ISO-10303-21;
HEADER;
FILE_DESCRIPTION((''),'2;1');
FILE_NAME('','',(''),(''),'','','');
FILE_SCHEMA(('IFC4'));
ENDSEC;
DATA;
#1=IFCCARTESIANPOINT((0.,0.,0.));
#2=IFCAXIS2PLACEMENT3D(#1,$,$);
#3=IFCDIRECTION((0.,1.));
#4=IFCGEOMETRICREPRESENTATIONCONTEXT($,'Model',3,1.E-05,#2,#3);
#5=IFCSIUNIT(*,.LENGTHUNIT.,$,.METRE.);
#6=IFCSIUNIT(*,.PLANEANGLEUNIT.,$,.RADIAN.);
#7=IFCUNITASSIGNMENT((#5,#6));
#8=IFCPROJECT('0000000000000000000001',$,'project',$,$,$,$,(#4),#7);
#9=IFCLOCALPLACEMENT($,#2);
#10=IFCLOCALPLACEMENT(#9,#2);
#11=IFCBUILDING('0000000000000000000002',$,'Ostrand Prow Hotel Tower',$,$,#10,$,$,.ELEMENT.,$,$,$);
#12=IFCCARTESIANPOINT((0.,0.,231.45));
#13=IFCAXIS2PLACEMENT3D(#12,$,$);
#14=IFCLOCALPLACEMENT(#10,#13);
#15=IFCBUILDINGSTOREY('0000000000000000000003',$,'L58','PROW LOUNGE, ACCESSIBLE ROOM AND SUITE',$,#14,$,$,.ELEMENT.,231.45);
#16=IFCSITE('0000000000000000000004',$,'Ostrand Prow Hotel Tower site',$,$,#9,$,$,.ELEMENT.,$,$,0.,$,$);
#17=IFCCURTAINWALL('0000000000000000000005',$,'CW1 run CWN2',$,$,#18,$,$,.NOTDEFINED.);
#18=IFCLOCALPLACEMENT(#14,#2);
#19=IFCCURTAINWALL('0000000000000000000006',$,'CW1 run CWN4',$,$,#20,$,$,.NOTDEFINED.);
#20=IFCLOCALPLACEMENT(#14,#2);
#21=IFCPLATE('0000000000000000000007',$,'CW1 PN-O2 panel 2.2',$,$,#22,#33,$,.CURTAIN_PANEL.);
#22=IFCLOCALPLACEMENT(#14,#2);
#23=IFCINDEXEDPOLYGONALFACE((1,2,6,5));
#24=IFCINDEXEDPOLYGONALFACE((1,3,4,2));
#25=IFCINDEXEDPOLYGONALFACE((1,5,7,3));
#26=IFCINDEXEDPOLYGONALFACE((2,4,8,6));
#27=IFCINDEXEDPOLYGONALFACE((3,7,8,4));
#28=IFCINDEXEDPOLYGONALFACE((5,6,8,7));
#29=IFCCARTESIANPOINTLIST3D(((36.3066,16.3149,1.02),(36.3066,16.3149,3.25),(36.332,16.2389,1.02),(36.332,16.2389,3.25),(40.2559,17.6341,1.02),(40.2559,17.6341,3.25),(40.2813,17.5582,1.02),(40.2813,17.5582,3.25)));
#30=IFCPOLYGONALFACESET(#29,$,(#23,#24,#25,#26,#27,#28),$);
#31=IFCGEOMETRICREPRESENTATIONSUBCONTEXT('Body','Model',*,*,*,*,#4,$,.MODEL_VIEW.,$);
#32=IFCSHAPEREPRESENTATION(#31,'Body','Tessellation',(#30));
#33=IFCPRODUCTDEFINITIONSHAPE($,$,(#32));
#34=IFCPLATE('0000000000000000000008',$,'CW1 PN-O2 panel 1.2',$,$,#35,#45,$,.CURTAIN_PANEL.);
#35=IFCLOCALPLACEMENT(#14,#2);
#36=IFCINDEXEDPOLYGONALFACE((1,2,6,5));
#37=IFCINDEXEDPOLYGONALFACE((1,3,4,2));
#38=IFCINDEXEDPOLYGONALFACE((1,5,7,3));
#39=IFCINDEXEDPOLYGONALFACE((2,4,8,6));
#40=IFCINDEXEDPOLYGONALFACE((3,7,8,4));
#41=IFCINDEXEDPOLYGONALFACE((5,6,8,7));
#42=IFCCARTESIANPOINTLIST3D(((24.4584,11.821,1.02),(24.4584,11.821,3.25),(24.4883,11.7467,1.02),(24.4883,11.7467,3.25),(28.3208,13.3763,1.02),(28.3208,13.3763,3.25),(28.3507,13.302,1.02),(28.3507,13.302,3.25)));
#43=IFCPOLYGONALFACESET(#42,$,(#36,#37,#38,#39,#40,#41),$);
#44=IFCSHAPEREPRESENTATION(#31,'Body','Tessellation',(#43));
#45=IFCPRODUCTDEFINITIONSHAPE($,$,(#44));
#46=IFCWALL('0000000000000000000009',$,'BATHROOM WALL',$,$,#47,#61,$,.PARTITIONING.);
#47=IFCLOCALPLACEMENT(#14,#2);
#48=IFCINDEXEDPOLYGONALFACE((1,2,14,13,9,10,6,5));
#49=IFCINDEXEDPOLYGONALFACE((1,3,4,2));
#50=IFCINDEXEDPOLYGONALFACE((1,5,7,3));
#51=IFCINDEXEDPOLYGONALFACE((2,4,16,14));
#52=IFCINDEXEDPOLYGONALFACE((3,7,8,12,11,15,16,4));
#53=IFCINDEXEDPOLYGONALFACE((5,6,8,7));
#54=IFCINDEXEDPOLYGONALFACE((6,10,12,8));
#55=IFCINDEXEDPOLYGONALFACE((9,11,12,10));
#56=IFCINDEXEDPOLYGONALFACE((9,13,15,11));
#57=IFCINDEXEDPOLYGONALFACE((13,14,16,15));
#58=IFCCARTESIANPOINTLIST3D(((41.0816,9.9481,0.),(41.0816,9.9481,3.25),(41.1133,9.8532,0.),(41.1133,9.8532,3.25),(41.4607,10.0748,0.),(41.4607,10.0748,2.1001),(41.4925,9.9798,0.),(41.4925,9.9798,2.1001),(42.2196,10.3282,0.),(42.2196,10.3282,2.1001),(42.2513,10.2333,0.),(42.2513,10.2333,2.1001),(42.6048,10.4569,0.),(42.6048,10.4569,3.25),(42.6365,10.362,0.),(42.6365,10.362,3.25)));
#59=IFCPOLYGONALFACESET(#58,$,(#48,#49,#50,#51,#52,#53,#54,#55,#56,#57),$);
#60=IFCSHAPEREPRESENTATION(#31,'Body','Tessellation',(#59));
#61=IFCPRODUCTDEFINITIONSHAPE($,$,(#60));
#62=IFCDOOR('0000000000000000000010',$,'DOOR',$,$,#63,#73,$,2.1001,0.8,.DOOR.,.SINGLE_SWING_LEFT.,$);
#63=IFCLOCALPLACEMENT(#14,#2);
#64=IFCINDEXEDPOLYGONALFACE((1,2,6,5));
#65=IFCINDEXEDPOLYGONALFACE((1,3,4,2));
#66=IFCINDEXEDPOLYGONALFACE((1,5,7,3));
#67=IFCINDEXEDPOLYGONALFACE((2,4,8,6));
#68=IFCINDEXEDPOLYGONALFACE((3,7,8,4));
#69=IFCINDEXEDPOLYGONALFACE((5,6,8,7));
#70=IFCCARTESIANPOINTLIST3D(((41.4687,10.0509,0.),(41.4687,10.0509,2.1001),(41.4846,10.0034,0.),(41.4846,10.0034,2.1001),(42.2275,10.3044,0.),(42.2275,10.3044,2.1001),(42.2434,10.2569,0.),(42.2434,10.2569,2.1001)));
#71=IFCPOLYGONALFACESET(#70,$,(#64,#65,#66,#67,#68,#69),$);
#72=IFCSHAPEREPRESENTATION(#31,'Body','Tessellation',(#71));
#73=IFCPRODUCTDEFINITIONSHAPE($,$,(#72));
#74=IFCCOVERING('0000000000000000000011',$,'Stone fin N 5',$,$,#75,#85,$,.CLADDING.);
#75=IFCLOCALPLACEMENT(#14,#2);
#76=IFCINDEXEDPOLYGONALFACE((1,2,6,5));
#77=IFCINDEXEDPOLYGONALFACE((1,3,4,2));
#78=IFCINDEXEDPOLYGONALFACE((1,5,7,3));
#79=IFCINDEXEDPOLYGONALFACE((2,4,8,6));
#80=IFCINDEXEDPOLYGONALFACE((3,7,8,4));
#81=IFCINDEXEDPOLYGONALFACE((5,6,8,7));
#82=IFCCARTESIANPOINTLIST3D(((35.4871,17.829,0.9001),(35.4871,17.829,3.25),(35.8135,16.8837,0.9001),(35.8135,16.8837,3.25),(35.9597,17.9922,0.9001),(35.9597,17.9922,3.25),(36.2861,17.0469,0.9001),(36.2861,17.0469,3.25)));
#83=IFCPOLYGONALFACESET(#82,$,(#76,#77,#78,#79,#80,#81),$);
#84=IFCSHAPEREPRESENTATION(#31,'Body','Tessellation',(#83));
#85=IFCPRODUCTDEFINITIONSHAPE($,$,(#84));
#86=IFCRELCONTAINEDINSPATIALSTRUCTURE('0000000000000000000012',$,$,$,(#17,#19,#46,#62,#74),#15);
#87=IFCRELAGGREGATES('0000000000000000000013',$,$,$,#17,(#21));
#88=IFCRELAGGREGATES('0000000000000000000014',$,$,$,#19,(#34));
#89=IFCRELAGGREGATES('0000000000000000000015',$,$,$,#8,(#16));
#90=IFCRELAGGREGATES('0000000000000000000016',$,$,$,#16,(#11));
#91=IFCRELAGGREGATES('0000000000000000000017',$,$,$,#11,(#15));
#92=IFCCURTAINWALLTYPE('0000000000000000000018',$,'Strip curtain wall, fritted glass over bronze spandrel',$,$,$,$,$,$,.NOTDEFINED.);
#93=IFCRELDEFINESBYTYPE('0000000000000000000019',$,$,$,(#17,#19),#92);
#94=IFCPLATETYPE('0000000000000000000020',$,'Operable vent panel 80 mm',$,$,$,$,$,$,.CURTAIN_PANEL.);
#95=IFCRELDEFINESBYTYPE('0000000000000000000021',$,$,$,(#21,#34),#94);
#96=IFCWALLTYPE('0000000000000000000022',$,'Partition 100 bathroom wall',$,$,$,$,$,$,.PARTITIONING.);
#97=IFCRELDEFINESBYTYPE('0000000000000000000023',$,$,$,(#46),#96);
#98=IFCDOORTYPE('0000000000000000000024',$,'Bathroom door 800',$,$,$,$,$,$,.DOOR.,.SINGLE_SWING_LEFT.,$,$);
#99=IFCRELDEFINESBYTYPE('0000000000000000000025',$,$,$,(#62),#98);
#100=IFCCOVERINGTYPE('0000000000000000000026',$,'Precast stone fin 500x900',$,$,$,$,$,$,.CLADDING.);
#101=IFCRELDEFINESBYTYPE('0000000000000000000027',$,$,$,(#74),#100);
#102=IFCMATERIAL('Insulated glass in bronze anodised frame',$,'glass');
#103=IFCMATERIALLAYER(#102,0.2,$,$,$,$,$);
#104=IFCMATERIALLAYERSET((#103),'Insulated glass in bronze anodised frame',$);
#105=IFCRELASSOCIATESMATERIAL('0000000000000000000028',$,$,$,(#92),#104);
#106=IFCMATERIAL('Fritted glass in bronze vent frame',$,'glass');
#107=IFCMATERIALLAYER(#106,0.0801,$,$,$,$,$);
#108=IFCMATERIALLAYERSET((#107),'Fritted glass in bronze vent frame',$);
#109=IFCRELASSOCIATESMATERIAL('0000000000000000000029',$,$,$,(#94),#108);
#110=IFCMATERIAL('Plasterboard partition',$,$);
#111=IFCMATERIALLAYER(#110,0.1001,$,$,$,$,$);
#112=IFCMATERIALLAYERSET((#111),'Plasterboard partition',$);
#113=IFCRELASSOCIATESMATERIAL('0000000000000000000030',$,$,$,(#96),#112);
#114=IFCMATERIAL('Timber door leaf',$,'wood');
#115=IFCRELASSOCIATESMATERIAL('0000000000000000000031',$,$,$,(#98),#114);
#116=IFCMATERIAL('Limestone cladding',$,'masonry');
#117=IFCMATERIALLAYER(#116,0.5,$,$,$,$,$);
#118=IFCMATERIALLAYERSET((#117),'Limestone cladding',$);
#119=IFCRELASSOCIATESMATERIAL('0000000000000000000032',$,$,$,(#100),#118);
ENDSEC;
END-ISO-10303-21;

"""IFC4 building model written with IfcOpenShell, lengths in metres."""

from ifc_helpers import new_model, si_unit, direction, frame, frame_2d, origin, origin_2d, place, context, subcontext, project, spatial, rectangle, extrude, material, layer, layer_set, type_object, element, fill, aggregate, save


model = new_model("IFC4")

# Units and contexts
model_context = context("Model", 3, precision=1e-05, world=origin(), true_north=direction((0.0, 1.0)))
body_context = subcontext(model_context, "Body", "Model", "MODEL_VIEW")
ifc_project = project(units=[si_unit("LENGTHUNIT", "METRE"), si_unit("PLANEANGLEUNIT", "RADIAN")], contexts=[model_context])

# Site, building, storey
site_placement = place(None, origin())
site = spatial("IfcSite", under=ifc_project, at=site_placement, Name="Ostrand Prow Hotel Tower site", CompositionType="ELEMENT", RefElevation=0.0)
building_placement = place(site_placement, origin())
building = spatial("IfcBuilding", under=site, at=building_placement, Name="Ostrand Prow Hotel Tower", CompositionType="ELEMENT")
storey_placement = place(building_placement, frame((0.0, 0.0, 231.45)))
storey = spatial("IfcBuildingStorey", under=building, at=storey_placement, Name="L58", Description="PROW LOUNGE, ACCESSIBLE ROOM AND SUITE", CompositionType="ELEMENT", Elevation=231.45)

# Curtain wall
ifc_material_1 = material(Name="Insulated glass in bronze anodised frame", Category="glass")
ifc_layer_1 = layer(ifc_material_1, 0.2)
ifc_layer_set_1 = layer_set([ifc_layer_1], Name="Insulated glass in bronze anodised frame")
curtain_wall_type = type_object("IfcCurtainWallType", Name="Strip curtain wall, fritted glass over bronze spandrel", PredefinedType="NOTDEFINED", material=ifc_layer_set_1)
curtain_wall_1_placement = place(storey_placement, origin())
curtain_wall_1 = element("IfcCurtainWall", 1, at=curtain_wall_1_placement, inside=storey, type_object=curtain_wall_type, Name="CW1 run CWN2", PredefinedType="NOTDEFINED")

# Curtain wall
curtain_wall_2_placement = place(storey_placement, origin())
curtain_wall_2 = element("IfcCurtainWall", 2, at=curtain_wall_2_placement, inside=storey, type_object=curtain_wall_type, Name="CW1 run CWN4", PredefinedType="NOTDEFINED")

# Plates
ifc_material_2 = material(Name="Fritted glass in bronze vent frame", Category="glass")
ifc_layer_2 = layer(ifc_material_2, 0.0801)
ifc_layer_set_2 = layer_set([ifc_layer_2], Name="Fritted glass in bronze vent frame")
plate_type_1 = type_object("IfcPlateType", Name="Operable vent panel 80 mm", PredefinedType="CURTAIN_PANEL", material=ifc_layer_set_2)
plate_1_placement = place(storey_placement, frame((38.2939, 16.9365, 1.02), z_axis=(0.0, 0.0, 1.0), x_axis=(-0.948479, -0.316841, 0.0)))
plate_1 = element("IfcPlate", 3, at=plate_1_placement, type_object=plate_type_1, Name="CW1 PN-O2 panel 2.2", PredefinedType="CURTAIN_PANEL", context=body_context, shape_type="SweptSolid", body=[
    extrude(rectangle(XDim=4.1638, YDim=0.0801, at=origin_2d()), origin(), (0.0, 0.0, 1.0), 2.23),
])
aggregate(curtain_wall_1, [plate_1])
plate_2_placement = place(storey_placement, frame((26.4045, 12.5615, 1.02), z_axis=(0.0, 0.0, 1.0), x_axis=(-0.927617, -0.373533, 0.0)))
plate_2 = element("IfcPlate", 4, at=plate_2_placement, type_object=plate_type_1, Name="CW1 PN-O2 panel 1.2", PredefinedType="CURTAIN_PANEL", context=body_context, shape_type="SweptSolid", body=[
    extrude(rectangle(XDim=4.1638, YDim=0.0801, at=origin_2d()), origin(), (0.0, 0.0, 1.0), 2.23),
])
aggregate(curtain_wall_2, [plate_2])

# Wall, opening, door
ifc_material_3 = material(Name="Plasterboard partition")
ifc_layer_3 = layer(ifc_material_3, 0.1001)
ifc_layer_set_3 = layer_set([ifc_layer_3], Name="Plasterboard partition")
wall_type = type_object("IfcWallType", Name="Partition 100 bathroom wall", PredefinedType="PARTITIONING", material=ifc_layer_set_3)
wall_placement = place(storey_placement, frame((41.0974, 9.9006, 0.0), z_axis=(0.0, 0.0, 1.0), x_axis=(0.948485, 0.316821, 0.0)))
wall = element("IfcWall", 5, at=wall_placement, inside=storey, type_object=wall_type, Name="BATHROOM WALL", PredefinedType="PARTITIONING", context=body_context, shape_type="SweptSolid", body=[
    extrude(rectangle(XDim=1.606, YDim=0.1001, at=frame_2d((0.803, 0.0))), origin(), (0.0, 0.0, 1.0), 3.25),
])
opening_placement = place(wall_placement, frame((0.3999, 0.0, 0.0)))
opening = element("IfcOpeningElement", 6, at=opening_placement, cuts=wall, PredefinedType="OPENING", context=body_context, shape_type="SweptSolid", body=[
    extrude(rectangle(XDim=0.8, YDim=2.1001, at=frame_2d((0.3999, 1.05))), frame((0.0, 0.0601, 0.0), z_axis=(0.0, -1.0, 0.0), x_axis=(1.0, 0.0, 0.0)), (0.0, 0.0, 1.0), 0.1201),
])
ifc_material_4 = material(Name="Timber door leaf", Category="wood")
door_type = type_object("IfcDoorType", Name="Bathroom door 800", OperationType="SINGLE_SWING_LEFT", PredefinedType="DOOR", material=ifc_material_4)
door_placement = place(opening_placement, origin())
door = element("IfcDoor", 7, at=door_placement, inside=storey, type_object=door_type, Name="DOOR", OperationType="SINGLE_SWING_LEFT", OverallHeight=2.1001, OverallWidth=0.8, PredefinedType="DOOR", context=body_context, shape_type="SweptSolid", body=[
    extrude(rectangle(XDim=0.8, YDim=2.1001, at=frame_2d((0.3999, 1.05))), frame((0.0, 0.0249, 0.0), z_axis=(0.0, -1.0, 0.0), x_axis=(1.0, 0.0, 0.0)), (0.0, 0.0, 1.0), 0.05),
])
fill(opening, door)

# Covering
ifc_material_5 = material(Name="Limestone cladding", Category="masonry")
ifc_layer_4 = layer(ifc_material_5, 0.5)
ifc_layer_set_4 = layer_set([ifc_layer_4], Name="Limestone cladding")
covering_type = type_object("IfcCoveringType", Name="Precast stone fin 500x900", PredefinedType="CLADDING", material=ifc_layer_set_4)
covering_placement = place(storey_placement, frame((36.0498, 16.9653, 0.9001), z_axis=(0.0, 0.0, 1.0), x_axis=(-0.326389, 0.945235, 0.0)))
element("IfcCovering", 8, at=covering_placement, inside=storey, type_object=covering_type, Name="Stone fin N 5", PredefinedType="CLADDING", context=body_context, shape_type="SweptSolid", body=[
    extrude(rectangle(XDim=1.0, YDim=0.5, at=frame_2d((0.5, 0.0))), origin(), (0.0, 0.0, 1.0), 2.3499),
])

save(model, "model.ifc")
